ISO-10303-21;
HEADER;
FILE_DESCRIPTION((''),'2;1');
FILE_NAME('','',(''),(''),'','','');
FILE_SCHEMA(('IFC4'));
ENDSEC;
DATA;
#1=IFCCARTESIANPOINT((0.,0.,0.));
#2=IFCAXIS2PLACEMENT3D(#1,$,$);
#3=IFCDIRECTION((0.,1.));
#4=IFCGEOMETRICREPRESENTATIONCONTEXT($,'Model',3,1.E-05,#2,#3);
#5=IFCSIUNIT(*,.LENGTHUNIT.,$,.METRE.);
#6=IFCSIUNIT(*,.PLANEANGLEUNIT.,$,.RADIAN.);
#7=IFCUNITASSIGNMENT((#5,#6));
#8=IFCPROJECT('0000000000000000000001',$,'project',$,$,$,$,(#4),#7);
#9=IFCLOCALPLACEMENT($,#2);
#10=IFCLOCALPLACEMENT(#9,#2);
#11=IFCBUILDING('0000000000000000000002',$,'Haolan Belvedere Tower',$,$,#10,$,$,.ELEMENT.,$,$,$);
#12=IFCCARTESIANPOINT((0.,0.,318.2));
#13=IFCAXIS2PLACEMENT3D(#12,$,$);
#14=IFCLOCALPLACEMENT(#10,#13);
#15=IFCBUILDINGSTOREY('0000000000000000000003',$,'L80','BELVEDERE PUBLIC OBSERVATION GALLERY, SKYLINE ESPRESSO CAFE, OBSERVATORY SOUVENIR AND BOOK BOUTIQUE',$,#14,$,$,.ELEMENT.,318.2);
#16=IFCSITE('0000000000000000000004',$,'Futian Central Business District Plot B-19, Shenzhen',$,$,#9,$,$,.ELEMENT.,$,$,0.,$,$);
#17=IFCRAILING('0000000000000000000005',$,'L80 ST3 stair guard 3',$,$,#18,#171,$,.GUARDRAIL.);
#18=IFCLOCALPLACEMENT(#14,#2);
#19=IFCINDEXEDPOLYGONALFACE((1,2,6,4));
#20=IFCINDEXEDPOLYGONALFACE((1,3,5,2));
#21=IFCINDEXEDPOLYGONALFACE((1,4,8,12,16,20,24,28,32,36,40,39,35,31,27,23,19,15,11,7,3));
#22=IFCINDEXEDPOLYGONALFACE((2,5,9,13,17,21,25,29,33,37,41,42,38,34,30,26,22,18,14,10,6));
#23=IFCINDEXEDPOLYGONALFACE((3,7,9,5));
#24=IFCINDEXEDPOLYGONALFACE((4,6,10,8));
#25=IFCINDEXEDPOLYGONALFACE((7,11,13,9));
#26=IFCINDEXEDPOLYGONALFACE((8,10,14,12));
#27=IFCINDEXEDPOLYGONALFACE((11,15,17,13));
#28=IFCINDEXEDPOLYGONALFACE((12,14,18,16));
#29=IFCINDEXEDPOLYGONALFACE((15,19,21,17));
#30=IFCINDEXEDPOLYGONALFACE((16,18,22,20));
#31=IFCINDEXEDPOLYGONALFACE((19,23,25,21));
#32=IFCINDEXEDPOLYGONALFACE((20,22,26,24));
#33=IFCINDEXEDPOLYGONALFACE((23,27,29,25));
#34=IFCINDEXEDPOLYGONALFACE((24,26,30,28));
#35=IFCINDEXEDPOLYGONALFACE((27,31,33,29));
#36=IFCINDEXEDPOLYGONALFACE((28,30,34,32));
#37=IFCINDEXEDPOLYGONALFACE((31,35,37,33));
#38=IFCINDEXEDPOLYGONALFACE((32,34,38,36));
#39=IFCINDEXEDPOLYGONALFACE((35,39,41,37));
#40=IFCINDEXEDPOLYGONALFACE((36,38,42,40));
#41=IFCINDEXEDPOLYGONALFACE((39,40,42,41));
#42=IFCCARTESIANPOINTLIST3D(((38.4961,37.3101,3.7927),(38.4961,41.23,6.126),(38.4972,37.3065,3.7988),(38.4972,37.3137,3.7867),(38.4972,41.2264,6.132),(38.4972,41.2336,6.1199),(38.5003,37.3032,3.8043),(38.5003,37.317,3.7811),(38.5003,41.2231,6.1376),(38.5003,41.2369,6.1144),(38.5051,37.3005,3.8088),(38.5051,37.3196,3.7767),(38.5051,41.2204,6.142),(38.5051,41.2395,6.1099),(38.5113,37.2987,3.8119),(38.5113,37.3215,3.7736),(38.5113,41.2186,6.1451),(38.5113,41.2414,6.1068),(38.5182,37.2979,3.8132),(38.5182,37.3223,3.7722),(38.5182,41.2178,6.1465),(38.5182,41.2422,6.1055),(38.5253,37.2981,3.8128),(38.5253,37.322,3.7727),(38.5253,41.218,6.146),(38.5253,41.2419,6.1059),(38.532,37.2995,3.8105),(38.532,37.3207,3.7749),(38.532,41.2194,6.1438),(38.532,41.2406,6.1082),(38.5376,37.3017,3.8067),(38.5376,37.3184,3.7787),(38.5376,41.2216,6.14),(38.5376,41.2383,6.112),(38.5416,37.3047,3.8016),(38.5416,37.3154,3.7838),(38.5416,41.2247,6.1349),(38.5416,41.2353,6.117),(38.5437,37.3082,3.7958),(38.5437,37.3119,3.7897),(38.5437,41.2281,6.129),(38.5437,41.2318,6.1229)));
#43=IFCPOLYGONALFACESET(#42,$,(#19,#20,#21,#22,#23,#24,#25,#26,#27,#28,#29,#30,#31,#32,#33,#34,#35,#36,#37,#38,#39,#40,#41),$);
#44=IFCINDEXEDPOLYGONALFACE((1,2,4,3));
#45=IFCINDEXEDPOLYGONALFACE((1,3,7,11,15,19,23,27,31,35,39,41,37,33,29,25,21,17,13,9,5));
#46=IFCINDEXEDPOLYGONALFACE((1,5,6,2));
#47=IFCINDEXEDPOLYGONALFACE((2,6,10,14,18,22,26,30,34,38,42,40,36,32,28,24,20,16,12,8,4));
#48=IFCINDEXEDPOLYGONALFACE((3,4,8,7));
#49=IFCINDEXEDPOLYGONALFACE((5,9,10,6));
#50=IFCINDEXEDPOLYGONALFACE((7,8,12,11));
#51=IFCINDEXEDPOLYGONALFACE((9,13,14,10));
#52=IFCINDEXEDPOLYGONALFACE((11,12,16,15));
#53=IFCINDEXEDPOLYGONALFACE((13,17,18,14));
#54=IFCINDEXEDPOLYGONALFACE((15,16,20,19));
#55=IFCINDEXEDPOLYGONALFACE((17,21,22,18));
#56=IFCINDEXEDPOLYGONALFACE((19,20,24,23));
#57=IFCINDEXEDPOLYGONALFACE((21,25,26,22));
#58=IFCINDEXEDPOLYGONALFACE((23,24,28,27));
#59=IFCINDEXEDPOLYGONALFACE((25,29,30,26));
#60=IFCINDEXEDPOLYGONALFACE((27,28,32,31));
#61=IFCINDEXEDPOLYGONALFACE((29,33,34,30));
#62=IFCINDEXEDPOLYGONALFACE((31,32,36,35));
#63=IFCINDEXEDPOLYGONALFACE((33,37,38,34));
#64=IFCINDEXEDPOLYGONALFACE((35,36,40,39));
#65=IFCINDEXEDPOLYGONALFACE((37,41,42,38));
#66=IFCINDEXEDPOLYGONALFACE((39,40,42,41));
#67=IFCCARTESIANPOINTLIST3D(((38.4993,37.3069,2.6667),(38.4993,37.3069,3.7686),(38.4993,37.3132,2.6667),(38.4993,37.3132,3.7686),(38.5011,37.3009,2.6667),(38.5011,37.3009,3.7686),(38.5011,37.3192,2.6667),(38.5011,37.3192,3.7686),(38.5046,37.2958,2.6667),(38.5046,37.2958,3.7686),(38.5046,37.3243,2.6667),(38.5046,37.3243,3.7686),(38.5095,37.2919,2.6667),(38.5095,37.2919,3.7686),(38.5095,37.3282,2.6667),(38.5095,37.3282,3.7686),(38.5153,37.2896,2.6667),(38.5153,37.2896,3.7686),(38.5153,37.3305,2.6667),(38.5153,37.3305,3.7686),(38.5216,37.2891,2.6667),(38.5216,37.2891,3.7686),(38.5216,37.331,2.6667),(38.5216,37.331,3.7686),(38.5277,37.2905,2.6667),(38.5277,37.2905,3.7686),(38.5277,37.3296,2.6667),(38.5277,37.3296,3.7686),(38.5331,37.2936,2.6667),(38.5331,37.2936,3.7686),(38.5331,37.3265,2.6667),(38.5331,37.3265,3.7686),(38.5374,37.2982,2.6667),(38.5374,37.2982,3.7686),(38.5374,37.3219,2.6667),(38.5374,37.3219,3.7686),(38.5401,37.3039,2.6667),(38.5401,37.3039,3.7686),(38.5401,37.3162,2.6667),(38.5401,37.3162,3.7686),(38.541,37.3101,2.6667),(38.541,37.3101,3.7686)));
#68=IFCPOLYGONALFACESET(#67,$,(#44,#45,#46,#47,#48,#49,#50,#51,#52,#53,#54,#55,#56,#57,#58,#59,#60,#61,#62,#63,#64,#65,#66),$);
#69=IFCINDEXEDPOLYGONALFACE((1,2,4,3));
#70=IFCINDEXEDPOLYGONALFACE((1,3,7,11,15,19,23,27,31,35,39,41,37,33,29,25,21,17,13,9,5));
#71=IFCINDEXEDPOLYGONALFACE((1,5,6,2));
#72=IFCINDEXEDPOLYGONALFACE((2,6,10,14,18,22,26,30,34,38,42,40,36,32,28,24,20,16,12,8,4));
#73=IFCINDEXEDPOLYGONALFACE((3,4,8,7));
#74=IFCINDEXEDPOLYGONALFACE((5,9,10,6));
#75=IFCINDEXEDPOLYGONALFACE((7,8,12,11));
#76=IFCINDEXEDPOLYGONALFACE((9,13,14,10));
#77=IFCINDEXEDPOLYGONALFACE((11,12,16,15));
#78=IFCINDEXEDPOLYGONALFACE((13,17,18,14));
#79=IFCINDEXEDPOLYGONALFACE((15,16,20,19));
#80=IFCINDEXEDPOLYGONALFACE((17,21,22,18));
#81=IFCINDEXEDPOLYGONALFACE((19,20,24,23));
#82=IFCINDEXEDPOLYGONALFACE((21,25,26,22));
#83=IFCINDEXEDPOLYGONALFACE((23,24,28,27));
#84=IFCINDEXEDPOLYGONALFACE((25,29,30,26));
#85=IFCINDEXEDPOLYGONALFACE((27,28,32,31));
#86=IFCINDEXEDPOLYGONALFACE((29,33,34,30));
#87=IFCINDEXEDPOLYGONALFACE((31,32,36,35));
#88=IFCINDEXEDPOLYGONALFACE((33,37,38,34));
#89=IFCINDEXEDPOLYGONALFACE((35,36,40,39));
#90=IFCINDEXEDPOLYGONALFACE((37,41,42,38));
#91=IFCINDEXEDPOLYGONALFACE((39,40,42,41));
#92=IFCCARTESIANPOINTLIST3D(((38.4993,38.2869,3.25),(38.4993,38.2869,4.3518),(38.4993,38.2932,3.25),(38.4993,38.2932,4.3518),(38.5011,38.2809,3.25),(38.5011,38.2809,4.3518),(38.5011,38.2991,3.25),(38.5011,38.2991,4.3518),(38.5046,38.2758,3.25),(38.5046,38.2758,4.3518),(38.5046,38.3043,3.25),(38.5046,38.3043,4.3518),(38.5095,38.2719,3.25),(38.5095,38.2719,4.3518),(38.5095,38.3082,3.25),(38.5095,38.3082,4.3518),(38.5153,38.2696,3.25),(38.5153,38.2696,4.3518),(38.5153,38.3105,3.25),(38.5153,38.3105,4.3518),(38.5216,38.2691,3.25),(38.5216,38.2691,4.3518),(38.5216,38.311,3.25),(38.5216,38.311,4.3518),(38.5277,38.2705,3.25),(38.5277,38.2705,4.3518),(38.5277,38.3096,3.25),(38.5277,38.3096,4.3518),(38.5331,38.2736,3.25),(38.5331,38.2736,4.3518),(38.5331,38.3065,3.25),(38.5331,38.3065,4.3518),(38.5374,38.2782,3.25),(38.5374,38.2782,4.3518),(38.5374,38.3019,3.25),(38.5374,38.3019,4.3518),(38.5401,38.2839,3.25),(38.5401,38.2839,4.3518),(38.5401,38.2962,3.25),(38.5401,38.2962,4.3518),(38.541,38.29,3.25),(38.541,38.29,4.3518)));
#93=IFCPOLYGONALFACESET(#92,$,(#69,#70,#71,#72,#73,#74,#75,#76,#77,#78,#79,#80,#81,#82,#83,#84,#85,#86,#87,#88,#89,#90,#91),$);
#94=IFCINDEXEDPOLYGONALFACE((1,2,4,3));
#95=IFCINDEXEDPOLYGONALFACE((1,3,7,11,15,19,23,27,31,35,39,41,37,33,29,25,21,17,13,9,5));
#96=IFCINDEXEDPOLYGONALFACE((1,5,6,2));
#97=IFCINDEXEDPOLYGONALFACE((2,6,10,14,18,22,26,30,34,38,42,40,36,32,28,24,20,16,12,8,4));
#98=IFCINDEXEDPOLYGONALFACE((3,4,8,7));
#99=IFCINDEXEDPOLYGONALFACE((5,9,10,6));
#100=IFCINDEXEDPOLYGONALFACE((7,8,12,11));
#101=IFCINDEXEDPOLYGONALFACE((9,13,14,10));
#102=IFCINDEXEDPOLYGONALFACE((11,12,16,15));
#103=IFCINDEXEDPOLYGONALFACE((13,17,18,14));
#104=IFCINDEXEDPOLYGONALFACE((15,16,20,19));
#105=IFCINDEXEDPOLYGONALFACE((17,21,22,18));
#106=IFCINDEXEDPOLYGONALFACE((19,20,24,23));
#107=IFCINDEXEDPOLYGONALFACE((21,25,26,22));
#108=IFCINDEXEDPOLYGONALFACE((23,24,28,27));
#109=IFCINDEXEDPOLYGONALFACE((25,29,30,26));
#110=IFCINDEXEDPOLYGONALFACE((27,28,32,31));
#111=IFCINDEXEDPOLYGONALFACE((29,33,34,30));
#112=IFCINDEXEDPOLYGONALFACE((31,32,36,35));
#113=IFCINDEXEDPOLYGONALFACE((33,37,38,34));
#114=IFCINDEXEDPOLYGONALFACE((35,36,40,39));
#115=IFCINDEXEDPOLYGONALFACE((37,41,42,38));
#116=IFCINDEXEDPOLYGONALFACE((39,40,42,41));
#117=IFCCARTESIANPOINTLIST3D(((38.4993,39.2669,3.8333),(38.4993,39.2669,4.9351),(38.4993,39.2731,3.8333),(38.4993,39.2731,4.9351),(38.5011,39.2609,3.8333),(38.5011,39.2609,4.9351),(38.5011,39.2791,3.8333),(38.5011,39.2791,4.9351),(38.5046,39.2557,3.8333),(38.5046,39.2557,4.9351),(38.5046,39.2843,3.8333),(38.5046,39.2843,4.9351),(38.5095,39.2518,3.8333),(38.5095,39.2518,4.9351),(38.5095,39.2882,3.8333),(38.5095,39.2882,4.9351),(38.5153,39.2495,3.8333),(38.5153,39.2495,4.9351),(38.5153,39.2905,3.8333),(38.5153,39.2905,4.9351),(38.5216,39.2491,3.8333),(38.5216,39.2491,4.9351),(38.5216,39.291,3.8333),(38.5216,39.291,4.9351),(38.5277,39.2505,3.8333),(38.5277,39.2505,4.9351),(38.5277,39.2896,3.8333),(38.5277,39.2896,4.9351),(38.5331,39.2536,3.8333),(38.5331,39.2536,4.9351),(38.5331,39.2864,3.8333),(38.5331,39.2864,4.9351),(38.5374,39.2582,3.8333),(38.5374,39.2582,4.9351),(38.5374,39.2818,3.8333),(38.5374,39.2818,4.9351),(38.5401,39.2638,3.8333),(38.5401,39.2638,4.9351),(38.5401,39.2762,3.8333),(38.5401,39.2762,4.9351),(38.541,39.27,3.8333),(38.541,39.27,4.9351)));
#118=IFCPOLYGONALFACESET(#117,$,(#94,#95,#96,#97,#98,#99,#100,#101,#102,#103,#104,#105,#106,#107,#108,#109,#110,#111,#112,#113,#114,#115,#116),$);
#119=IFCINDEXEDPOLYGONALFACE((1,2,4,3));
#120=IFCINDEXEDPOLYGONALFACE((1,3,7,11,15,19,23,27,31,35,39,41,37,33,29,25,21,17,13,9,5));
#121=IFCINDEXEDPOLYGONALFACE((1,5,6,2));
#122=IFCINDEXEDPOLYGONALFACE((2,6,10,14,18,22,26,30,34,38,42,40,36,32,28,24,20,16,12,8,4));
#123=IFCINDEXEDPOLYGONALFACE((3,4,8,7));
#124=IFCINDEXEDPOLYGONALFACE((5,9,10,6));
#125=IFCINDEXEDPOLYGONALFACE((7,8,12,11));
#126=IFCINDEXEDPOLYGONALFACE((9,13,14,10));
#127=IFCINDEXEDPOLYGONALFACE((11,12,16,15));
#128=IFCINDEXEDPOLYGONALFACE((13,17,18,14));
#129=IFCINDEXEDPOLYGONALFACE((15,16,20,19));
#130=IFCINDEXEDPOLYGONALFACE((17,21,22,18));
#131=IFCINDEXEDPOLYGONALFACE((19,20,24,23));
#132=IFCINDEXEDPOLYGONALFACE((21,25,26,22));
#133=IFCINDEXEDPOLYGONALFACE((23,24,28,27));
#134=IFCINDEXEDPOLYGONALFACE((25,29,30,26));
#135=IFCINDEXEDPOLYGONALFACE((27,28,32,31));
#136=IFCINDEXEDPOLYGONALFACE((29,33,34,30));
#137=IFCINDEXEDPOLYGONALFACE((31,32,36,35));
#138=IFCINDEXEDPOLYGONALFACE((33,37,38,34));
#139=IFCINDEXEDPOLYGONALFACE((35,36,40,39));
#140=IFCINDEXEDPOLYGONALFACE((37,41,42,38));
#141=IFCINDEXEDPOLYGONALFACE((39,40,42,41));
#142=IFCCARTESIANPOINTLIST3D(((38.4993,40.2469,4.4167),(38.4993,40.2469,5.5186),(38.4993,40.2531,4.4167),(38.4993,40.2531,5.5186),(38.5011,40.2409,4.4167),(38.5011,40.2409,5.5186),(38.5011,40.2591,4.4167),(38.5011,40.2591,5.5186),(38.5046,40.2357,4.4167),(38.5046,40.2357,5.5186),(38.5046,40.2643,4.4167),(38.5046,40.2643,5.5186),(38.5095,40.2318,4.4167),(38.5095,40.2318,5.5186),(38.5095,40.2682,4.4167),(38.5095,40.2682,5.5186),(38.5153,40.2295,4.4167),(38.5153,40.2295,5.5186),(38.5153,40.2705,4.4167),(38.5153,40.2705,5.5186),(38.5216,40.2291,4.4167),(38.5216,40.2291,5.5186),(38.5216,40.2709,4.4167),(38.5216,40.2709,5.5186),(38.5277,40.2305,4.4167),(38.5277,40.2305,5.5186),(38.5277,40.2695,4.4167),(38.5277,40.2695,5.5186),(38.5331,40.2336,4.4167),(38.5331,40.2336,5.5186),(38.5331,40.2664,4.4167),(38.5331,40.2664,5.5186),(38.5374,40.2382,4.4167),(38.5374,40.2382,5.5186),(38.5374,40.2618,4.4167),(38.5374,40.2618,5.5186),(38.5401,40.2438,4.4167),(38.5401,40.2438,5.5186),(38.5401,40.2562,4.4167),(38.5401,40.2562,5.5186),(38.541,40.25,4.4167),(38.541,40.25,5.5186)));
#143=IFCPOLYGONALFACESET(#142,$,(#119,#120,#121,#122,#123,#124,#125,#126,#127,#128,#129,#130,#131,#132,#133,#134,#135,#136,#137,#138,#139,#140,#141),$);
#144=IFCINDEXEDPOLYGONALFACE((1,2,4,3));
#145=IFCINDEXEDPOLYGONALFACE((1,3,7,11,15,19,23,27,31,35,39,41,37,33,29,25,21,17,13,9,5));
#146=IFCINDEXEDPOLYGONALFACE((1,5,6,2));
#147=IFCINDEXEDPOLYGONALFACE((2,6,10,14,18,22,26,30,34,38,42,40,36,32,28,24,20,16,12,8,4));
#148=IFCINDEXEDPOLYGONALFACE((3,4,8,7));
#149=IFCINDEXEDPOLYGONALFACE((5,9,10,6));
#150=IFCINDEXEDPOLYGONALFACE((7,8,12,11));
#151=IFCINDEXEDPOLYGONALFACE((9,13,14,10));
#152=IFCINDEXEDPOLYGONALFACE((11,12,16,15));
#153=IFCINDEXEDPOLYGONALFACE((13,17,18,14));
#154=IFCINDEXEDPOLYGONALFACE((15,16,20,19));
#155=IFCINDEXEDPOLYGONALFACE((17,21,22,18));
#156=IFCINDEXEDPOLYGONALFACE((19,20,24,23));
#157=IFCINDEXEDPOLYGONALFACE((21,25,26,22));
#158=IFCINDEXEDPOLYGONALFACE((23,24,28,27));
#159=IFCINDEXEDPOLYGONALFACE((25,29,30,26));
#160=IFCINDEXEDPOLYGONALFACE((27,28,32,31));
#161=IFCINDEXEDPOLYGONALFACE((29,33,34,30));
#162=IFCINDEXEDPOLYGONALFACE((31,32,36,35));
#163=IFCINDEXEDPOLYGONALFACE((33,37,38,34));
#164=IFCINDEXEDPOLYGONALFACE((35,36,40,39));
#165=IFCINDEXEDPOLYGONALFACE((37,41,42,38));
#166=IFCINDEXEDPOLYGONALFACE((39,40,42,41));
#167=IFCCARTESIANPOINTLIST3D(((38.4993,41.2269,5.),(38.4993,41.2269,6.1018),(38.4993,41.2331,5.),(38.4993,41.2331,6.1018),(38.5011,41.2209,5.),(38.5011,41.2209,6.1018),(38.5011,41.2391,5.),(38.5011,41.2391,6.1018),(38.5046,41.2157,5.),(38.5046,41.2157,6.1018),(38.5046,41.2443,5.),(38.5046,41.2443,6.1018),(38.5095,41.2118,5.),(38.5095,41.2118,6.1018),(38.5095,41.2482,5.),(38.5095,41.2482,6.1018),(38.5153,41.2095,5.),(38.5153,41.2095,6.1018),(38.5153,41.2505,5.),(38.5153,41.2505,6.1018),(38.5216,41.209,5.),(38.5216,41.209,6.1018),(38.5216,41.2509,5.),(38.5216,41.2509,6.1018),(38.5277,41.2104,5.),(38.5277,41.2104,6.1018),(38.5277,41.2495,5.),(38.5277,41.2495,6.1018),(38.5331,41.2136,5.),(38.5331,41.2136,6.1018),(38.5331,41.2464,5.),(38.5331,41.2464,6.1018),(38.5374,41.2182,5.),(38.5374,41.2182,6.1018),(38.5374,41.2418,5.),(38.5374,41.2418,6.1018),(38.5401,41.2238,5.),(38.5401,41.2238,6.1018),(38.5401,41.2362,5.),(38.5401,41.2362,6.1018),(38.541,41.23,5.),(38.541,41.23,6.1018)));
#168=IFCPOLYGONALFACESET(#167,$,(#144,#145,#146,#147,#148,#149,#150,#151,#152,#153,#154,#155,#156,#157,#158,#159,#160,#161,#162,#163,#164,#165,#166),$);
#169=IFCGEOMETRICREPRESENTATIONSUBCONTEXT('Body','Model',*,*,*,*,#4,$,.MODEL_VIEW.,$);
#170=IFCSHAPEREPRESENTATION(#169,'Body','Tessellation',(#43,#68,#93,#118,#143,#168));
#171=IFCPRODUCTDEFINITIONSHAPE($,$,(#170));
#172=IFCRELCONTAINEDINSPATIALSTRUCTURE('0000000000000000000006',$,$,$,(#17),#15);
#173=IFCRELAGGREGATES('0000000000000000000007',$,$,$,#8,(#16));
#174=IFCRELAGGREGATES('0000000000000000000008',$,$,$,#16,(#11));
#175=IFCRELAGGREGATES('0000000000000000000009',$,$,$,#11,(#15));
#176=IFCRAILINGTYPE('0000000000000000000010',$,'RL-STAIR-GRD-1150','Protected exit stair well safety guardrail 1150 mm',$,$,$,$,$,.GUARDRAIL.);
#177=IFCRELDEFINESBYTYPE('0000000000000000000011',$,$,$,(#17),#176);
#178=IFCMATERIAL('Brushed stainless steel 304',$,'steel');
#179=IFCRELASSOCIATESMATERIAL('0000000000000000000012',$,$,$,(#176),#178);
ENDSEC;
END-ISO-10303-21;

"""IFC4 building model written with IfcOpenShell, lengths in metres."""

from ifc_helpers import new_model, si_unit, direction, frame, origin, origin_2d, place, context, subcontext, project, spatial, circle, extrude, material, type_object, element, save


model = new_model("IFC4")

# Units and contexts
model_context = context("Model", 3, precision=1e-05, world=origin(), true_north=direction((0.0, 1.0)))
body_context = subcontext(model_context, "Body", "Model", "MODEL_VIEW")
ifc_project = project(units=[si_unit("LENGTHUNIT", "METRE"), si_unit("PLANEANGLEUNIT", "RADIAN")], contexts=[model_context])

# Site, building, storey
site_placement = place(None, origin())
site = spatial("IfcSite", under=ifc_project, at=site_placement, Name="Futian Central Business District Plot B-19, Shenzhen", CompositionType="ELEMENT", RefElevation=0.0)
building_placement = place(site_placement, origin())
building = spatial("IfcBuilding", under=site, at=building_placement, Name="Haolan Belvedere Tower", CompositionType="ELEMENT")
storey_placement = place(building_placement, frame((0.0, 0.0, 318.2)))
storey = spatial("IfcBuildingStorey", under=building, at=storey_placement, Name="L80", Description="BELVEDERE PUBLIC OBSERVATION GALLERY, SKYLINE ESPRESSO CAFE, OBSERVATORY SOUVENIR AND BOOK BOUTIQUE", CompositionType="ELEMENT", Elevation=318.2)

# Railing
ifc_material_1 = material(Name="Brushed stainless steel 304", Category="steel")
railing_type_1 = type_object("IfcRailingType", Name="RL-STAIR-GRD-1150", Description="Protected exit stair well safety guardrail 1150 mm", PredefinedType="GUARDRAIL", material=ifc_material_1)
railing_1_placement = place(storey_placement, frame((38.52, 37.3101, 2.6667)))
element("IfcRailing", 1, at=railing_1_placement, inside=storey, type_object=railing_type_1, Name="L80 ST3 stair guard 3", PredefinedType="GUARDRAIL", context=body_context, shape_type="SweptSolid", body=[
    extrude(circle(Radius=0.0239, at=origin_2d()), frame((0.0, 0.0, 1.126), z_axis=(0.0, 0.859296, 0.511478), x_axis=(-1.0, 0.0, 0.0)), (0.0, 0.0, 1.0), 4.5618),
    extrude(circle(Radius=0.021, at=origin_2d()), origin(), (0.0, 0.0, 1.0), 1.1018),
    extrude(circle(Radius=0.021, at=origin_2d()), frame((0.0, 0.98, 0.5833)), (0.0, 0.0, 1.0), 1.1018),
    extrude(circle(Radius=0.021, at=origin_2d()), frame((0.0, 1.96, 1.1665)), (0.0, 0.0, 1.0), 1.1018),
    extrude(circle(Radius=0.021, at=origin_2d()), frame((0.0, 2.9399, 1.75)), (0.0, 0.0, 1.0), 1.1018),
    extrude(circle(Radius=0.021, at=origin_2d()), frame((0.0, 3.9199, 2.3333)), (0.0, 0.0, 1.0), 1.1018),
])

save(model, "model.ifc")
